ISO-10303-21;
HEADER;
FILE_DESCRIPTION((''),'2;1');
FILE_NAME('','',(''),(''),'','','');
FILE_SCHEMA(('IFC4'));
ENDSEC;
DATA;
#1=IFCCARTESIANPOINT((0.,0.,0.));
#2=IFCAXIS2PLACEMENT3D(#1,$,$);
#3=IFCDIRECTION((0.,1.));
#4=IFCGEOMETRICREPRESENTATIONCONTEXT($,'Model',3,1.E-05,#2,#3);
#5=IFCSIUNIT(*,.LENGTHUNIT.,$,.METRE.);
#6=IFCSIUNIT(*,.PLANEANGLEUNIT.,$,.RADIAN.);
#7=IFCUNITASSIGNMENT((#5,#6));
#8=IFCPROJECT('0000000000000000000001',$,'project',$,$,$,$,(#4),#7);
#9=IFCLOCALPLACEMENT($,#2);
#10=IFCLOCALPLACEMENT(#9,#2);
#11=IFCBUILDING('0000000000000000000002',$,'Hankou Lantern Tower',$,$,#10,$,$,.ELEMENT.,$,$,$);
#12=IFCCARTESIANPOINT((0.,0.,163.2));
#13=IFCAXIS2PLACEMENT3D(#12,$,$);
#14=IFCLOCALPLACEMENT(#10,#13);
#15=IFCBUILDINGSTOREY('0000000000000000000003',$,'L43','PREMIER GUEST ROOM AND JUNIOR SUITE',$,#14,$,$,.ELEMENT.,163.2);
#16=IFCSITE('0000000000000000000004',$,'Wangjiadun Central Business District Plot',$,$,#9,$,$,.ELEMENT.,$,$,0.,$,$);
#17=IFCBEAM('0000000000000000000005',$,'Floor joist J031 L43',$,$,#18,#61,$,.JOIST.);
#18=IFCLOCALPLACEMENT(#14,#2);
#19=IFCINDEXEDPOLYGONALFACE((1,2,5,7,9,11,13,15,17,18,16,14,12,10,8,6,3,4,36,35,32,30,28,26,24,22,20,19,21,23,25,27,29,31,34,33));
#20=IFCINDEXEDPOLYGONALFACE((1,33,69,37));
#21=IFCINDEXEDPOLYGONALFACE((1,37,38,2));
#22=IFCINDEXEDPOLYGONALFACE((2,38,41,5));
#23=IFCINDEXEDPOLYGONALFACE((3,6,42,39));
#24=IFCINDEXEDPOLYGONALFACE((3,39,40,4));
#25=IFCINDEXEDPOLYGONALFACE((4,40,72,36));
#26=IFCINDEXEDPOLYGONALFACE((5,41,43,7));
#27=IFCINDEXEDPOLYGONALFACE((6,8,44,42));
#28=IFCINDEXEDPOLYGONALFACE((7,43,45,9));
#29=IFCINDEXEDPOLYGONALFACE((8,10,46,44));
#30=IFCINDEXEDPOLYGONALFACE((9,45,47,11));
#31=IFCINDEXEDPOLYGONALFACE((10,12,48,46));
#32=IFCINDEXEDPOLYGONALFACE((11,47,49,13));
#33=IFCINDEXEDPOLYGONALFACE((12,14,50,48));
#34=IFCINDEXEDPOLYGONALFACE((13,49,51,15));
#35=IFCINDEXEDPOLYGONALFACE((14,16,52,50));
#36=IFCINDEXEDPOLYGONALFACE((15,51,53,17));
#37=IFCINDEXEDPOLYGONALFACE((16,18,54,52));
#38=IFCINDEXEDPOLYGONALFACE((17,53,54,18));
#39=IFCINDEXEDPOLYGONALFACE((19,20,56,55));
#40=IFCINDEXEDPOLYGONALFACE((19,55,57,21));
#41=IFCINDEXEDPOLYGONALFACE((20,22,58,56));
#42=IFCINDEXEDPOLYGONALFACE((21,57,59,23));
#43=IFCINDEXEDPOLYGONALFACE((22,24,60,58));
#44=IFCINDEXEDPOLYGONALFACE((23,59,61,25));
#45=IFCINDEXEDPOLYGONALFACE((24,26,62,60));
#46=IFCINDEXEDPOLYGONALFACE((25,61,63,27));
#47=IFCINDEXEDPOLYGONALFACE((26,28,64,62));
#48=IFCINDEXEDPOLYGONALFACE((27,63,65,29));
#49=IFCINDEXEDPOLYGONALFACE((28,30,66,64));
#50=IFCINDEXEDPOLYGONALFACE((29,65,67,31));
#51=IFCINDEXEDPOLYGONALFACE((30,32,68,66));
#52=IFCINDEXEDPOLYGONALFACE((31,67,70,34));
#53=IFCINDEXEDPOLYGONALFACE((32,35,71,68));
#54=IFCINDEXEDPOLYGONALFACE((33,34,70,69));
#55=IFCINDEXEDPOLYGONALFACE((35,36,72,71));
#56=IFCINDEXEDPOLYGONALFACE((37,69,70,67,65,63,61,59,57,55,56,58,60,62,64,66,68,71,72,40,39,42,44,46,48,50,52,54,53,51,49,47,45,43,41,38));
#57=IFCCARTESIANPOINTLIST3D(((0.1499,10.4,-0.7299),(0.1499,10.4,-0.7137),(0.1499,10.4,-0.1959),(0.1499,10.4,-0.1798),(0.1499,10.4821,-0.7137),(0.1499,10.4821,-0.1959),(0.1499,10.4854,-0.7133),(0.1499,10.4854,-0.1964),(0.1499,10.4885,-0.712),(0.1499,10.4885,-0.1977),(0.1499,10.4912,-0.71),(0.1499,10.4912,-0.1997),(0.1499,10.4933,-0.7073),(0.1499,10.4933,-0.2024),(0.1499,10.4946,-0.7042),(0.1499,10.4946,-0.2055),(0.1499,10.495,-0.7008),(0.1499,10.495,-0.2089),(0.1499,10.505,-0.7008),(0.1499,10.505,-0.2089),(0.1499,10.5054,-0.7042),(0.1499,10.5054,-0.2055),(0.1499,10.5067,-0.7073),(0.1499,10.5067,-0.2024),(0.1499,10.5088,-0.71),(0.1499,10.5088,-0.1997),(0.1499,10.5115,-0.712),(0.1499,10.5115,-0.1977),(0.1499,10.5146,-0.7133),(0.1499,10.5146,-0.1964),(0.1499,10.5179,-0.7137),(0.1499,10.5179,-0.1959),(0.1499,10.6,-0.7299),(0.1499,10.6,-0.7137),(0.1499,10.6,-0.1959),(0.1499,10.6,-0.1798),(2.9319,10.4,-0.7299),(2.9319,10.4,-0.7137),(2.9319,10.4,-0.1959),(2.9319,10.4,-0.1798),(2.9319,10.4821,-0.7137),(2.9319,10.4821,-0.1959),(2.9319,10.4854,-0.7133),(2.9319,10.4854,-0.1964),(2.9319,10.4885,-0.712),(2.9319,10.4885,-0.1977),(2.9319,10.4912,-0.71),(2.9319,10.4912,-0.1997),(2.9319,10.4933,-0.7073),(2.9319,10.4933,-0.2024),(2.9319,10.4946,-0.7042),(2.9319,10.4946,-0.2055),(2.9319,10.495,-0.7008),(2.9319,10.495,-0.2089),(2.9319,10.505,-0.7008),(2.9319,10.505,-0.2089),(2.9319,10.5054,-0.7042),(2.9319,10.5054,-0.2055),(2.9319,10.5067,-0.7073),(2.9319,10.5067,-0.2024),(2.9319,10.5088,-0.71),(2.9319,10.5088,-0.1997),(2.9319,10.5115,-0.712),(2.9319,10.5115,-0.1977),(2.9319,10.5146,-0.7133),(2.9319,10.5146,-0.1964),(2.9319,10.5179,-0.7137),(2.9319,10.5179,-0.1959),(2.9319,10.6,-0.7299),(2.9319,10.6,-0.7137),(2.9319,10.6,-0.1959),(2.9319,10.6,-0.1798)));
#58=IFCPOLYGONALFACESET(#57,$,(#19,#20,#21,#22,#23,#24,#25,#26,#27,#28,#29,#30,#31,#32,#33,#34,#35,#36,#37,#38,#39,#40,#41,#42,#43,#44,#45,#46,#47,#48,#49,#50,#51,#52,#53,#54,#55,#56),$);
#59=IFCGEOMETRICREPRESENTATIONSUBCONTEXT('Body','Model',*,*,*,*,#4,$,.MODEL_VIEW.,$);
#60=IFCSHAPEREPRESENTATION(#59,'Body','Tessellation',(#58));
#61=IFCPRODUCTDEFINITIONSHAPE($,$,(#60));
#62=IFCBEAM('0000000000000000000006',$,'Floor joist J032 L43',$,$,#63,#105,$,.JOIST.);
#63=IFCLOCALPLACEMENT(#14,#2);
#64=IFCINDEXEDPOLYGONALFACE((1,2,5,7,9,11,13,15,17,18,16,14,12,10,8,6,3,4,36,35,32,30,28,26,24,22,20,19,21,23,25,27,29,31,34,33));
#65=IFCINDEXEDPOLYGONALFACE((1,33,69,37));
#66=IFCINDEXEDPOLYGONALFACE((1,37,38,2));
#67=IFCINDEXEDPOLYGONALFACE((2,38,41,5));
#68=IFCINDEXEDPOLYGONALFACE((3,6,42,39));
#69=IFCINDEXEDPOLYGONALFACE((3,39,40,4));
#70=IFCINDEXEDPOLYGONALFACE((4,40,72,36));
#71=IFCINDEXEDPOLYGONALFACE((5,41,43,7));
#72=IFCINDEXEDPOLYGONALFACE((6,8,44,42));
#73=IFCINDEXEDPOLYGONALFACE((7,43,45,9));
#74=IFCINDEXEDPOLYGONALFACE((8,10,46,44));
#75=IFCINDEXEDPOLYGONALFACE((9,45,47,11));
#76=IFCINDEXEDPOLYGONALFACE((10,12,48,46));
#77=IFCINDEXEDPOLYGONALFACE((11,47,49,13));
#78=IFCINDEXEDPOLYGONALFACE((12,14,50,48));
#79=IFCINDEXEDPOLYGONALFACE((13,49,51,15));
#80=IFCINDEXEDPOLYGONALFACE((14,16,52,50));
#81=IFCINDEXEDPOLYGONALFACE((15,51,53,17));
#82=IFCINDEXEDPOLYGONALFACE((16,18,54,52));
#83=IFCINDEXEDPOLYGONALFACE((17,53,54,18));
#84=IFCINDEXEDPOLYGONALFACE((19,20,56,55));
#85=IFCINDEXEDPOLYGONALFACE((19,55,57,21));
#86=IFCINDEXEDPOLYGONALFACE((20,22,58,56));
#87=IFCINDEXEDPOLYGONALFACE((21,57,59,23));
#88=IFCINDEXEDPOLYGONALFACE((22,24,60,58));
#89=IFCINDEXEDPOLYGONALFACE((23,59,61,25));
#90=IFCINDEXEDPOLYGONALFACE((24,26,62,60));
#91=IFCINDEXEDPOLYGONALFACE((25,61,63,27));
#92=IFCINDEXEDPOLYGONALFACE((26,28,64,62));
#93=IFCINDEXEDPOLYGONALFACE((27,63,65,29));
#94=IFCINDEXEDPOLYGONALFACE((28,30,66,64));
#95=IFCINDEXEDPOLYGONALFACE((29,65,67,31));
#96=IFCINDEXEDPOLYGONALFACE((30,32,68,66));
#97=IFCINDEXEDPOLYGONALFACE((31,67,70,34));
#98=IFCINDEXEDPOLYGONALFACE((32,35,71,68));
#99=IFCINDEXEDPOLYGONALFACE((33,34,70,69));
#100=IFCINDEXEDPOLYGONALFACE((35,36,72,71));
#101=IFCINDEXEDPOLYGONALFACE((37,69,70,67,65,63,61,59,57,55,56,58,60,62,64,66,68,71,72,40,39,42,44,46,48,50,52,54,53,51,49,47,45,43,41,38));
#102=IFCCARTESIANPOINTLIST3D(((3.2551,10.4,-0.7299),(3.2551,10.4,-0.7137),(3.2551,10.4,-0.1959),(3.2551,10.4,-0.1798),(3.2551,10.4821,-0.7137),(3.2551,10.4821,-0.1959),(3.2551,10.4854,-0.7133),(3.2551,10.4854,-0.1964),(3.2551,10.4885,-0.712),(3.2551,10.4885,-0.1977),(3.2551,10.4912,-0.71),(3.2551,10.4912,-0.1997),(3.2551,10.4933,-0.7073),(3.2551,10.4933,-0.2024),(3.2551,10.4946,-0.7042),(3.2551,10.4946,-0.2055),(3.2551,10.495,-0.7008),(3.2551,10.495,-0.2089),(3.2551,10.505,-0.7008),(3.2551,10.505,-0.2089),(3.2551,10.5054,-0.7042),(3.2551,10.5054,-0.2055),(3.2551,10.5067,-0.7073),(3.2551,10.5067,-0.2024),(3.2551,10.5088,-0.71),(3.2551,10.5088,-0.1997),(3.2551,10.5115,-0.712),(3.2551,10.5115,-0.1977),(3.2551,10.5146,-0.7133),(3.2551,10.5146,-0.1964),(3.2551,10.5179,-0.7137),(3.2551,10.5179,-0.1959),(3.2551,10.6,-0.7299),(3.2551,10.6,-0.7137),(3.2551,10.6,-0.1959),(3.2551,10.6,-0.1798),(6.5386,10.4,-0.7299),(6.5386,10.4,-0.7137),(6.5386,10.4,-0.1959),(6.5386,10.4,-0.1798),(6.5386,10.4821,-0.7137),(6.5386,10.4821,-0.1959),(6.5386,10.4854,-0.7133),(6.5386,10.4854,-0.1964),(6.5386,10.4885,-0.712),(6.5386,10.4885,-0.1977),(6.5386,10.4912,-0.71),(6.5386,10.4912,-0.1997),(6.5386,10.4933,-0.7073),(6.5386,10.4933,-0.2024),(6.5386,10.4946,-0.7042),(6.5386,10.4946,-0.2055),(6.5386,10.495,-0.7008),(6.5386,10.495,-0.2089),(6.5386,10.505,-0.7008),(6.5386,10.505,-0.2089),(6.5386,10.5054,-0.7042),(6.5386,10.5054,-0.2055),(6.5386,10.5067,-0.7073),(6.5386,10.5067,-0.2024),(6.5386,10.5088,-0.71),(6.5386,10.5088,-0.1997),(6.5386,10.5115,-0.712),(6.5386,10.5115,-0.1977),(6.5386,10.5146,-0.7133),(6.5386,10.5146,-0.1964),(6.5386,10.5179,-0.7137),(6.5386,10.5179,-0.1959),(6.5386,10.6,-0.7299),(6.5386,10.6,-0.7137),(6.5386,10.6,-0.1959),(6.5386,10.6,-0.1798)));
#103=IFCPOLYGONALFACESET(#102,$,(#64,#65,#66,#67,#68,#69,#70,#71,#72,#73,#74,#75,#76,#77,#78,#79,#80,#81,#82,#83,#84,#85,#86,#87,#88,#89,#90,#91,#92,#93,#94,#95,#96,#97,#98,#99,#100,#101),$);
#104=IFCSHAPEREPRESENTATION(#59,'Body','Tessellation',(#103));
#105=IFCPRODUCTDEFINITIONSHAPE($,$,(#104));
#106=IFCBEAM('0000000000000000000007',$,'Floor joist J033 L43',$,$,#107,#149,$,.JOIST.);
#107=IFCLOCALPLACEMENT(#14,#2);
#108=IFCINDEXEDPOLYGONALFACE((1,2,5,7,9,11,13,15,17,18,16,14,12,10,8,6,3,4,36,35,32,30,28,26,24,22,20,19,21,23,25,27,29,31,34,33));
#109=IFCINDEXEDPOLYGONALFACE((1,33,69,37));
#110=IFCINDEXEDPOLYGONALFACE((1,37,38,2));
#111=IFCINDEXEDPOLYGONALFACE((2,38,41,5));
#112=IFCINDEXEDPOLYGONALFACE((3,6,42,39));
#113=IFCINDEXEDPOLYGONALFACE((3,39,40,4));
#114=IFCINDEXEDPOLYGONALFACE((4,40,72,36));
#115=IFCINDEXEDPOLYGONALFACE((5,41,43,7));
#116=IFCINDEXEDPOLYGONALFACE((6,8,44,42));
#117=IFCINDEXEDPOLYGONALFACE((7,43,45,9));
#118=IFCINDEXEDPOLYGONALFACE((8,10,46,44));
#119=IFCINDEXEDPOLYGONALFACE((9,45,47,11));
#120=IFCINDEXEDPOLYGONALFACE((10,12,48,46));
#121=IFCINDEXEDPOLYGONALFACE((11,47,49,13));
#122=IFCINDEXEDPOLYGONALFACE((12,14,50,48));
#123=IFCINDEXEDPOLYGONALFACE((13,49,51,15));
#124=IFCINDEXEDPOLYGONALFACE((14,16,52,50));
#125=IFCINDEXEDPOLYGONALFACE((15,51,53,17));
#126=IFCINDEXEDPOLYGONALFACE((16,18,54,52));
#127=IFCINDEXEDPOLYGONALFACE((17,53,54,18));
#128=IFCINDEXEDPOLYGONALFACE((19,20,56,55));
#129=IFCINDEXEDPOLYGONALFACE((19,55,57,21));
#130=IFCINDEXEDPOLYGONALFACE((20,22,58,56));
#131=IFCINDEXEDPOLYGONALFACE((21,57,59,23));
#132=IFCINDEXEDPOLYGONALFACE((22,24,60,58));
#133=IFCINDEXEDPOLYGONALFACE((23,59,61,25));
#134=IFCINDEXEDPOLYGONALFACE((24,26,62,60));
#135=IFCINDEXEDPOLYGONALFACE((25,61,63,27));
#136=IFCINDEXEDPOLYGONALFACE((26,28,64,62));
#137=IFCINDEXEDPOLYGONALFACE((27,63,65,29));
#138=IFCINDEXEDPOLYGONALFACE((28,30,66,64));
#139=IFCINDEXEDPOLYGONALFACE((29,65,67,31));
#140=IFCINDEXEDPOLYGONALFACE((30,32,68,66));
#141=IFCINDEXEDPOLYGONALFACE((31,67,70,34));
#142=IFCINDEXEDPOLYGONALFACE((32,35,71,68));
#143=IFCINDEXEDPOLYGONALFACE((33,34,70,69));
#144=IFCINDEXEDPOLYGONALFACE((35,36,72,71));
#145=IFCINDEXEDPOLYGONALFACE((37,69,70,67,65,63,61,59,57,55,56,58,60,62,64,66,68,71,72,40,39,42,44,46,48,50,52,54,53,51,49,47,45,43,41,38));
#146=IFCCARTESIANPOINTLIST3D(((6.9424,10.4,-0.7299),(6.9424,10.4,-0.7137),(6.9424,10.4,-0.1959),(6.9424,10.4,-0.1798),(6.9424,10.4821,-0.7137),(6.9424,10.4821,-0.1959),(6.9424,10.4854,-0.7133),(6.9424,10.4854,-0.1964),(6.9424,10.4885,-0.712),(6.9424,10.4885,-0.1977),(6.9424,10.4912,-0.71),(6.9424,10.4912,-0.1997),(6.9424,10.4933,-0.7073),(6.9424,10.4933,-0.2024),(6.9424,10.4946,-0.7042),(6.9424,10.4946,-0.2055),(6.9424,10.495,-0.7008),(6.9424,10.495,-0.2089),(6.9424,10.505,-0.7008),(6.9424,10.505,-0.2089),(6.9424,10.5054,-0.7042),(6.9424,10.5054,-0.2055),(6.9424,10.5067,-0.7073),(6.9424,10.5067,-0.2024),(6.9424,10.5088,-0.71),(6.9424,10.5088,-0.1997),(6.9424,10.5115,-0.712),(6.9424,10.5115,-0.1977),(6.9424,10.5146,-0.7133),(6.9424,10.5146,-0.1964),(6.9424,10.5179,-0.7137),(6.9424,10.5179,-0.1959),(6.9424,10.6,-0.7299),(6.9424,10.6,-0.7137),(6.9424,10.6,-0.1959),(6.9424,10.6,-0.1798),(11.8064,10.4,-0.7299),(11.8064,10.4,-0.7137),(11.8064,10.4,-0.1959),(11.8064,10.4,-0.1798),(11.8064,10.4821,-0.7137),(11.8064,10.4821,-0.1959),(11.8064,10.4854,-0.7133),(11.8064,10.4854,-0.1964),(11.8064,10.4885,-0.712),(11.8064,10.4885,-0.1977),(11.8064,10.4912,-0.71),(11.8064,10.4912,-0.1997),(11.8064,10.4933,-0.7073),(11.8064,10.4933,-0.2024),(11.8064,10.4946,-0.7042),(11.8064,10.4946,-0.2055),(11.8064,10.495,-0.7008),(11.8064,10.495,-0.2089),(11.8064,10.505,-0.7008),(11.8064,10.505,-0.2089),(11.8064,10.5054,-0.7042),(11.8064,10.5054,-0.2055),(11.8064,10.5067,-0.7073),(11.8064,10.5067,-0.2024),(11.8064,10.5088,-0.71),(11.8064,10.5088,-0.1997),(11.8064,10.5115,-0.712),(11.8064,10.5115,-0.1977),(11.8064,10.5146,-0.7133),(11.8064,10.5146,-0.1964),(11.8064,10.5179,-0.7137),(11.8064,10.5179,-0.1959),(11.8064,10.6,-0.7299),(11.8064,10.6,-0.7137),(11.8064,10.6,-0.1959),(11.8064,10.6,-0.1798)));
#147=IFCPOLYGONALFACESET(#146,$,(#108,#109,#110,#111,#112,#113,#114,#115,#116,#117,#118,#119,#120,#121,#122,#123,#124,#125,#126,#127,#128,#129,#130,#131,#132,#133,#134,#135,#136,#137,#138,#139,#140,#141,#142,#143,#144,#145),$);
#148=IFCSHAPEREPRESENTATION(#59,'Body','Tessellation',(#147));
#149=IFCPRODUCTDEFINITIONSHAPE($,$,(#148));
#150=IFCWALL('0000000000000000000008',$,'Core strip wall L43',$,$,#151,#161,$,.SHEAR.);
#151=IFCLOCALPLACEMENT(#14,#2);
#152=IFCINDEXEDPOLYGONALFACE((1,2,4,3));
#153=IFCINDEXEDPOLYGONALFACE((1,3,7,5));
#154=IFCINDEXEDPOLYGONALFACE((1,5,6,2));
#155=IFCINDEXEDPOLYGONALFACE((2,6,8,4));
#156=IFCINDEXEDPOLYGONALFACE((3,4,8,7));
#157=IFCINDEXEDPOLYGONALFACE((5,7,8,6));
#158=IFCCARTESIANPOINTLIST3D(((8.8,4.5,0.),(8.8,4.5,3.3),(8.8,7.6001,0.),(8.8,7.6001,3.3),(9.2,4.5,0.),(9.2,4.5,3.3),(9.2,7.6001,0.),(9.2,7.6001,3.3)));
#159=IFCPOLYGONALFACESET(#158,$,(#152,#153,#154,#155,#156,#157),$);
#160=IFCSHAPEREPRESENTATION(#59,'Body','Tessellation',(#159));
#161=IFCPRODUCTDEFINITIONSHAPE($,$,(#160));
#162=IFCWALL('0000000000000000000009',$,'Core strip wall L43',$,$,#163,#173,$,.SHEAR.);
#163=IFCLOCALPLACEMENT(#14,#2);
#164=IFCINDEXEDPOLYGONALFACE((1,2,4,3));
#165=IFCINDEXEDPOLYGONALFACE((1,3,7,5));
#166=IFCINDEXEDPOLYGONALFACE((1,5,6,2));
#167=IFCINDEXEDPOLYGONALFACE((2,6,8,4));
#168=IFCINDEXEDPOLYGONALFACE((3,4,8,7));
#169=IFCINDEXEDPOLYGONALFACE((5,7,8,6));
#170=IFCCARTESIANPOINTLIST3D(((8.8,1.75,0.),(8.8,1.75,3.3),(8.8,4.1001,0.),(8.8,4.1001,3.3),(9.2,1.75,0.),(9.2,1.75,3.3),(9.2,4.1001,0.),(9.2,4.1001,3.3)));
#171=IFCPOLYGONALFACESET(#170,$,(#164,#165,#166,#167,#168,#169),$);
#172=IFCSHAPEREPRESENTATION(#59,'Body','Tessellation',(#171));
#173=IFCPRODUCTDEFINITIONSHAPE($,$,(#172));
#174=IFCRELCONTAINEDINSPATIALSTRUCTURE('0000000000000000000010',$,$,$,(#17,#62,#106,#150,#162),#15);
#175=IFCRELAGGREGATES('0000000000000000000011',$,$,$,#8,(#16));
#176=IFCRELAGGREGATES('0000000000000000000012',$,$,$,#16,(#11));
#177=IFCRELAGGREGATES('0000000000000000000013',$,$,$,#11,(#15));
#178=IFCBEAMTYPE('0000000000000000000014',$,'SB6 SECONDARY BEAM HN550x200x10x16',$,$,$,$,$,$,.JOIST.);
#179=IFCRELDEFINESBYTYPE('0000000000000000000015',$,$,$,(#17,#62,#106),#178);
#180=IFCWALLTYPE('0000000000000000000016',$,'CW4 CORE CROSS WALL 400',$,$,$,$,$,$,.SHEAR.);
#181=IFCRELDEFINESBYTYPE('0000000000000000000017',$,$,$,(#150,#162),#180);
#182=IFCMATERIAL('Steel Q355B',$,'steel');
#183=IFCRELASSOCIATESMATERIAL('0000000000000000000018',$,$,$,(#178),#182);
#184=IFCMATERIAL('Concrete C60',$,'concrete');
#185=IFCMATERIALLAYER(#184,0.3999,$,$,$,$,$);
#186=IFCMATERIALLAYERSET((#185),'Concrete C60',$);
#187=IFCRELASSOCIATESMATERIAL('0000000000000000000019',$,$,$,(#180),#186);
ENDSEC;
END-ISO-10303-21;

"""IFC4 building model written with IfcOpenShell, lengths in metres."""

from ifc_helpers import new_model, si_unit, direction, frame, frame_2d, origin, origin_2d, place, context, subcontext, project, spatial, rectangle, i_section, extrude, material, layer, layer_set, material_profile, profile_set, type_object, element, save


model = new_model("IFC4")

# Units and contexts
model_context = context("Model", 3, precision=1e-05, world=origin(), true_north=direction((0.0, 1.0)))
body_context = subcontext(model_context, "Body", "Model", "MODEL_VIEW")
ifc_project = project(units=[si_unit("LENGTHUNIT", "METRE"), si_unit("PLANEANGLEUNIT", "RADIAN")], contexts=[model_context])

# Site, building, storey
site_placement = place(None, origin())
site = spatial("IfcSite", under=ifc_project, at=site_placement, Name="Wangjiadun Central Business District Plot", CompositionType="ELEMENT", RefElevation=0.0)
building_placement = place(site_placement, origin())
building = spatial("IfcBuilding", under=site, at=building_placement, Name="Hankou Lantern Tower", CompositionType="ELEMENT")
storey_placement = place(building_placement, frame((0.0, 0.0, 163.2)))
storey = spatial("IfcBuildingStorey", under=building, at=storey_placement, Name="L43", Description="PREMIER GUEST ROOM AND JUNIOR SUITE", CompositionType="ELEMENT", Elevation=163.2)

# Beams
ifc_material_1 = material(Name="Steel Q355B", Category="steel")
ifc_material_profile_1 = material_profile(ifc_material_1, i_section(OverallWidth=0.2, OverallDepth=0.55, WebThickness=0.01, FlangeThickness=0.0161, FilletRadius=0.0129, at=origin_2d()), Name="HN550x200x10x16")
ifc_profile_set_1 = profile_set([ifc_material_profile_1], Name="Steel Q355B")
beam_type_1 = type_object("IfcBeamType", Name="SB6 SECONDARY BEAM HN550x200x10x16", PredefinedType="JOIST", material=ifc_profile_set_1)
beam_1_placement = place(storey_placement, frame((0.1499, 10.5, -0.4548), z_axis=(1.0, 0.0, 0.0), x_axis=(0.0, 1.0, 0.0)))
element("IfcBeam", 1, at=beam_1_placement, inside=storey, type_object=beam_type_1, Name="Floor joist J031 L43", PredefinedType="JOIST", context=body_context, shape_type="SweptSolid", body=[
    extrude(i_section(OverallWidth=0.2, OverallDepth=0.55, WebThickness=0.01, FlangeThickness=0.0161, FilletRadius=0.0129, at=origin_2d()), origin(), (0.0, 0.0, 1.0), 2.782),
])
beam_2_placement = place(storey_placement, frame((3.2551, 10.5, -0.4548), z_axis=(1.0, 0.0, 0.0), x_axis=(0.0, 1.0, 0.0)))
element("IfcBeam", 2, at=beam_2_placement, inside=storey, type_object=beam_type_1, Name="Floor joist J032 L43", PredefinedType="JOIST", context=body_context, shape_type="SweptSolid", body=[
    extrude(i_section(OverallWidth=0.2, OverallDepth=0.55, WebThickness=0.01, FlangeThickness=0.0161, FilletRadius=0.0129, at=origin_2d()), origin(), (0.0, 0.0, 1.0), 3.2834),
])
beam_3_placement = place(storey_placement, frame((6.9424, 10.5, -0.4548), z_axis=(1.0, 0.0, 0.0), x_axis=(0.0, 1.0, 0.0)))
element("IfcBeam", 3, at=beam_3_placement, inside=storey, type_object=beam_type_1, Name="Floor joist J033 L43", PredefinedType="JOIST", context=body_context, shape_type="SweptSolid", body=[
    extrude(i_section(OverallWidth=0.2, OverallDepth=0.55, WebThickness=0.01, FlangeThickness=0.0161, FilletRadius=0.0129, at=origin_2d()), origin(), (0.0, 0.0, 1.0), 4.864),
])

# Walls
ifc_material_2 = material(Name="Concrete C60", Category="concrete")
ifc_layer_1 = layer(ifc_material_2, 0.3999)
ifc_layer_set_1 = layer_set([ifc_layer_1], Name="Concrete C60")
wall_type_1 = type_object("IfcWallType", Name="CW4 CORE CROSS WALL 400", PredefinedType="SHEAR", material=ifc_layer_set_1)
wall_1_placement = place(storey_placement, frame((9.0, 4.5, 0.0), z_axis=(0.0, 0.0, 1.0), x_axis=(0.0, 1.0, 0.0)))
element("IfcWall", 4, at=wall_1_placement, inside=storey, type_object=wall_type_1, Name="Core strip wall L43", PredefinedType="SHEAR", context=body_context, shape_type="SweptSolid", body=[
    extrude(rectangle(XDim=3.1001, YDim=0.3999, at=frame_2d((1.55, 0.0))), origin(), (0.0, 0.0, 1.0), 3.3),
])
wall_2_placement = place(storey_placement, frame((9.0, 1.75, 0.0), z_axis=(0.0, 0.0, 1.0), x_axis=(0.0, 1.0, 0.0)))
element("IfcWall", 5, at=wall_2_placement, inside=storey, type_object=wall_type_1, Name="Core strip wall L43", PredefinedType="SHEAR", context=body_context, shape_type="SweptSolid", body=[
    extrude(rectangle(XDim=2.3501, YDim=0.3999, at=frame_2d((1.175, 0.0))), origin(), (0.0, 0.0, 1.0), 3.3),
])

save(model, "model.ifc")
